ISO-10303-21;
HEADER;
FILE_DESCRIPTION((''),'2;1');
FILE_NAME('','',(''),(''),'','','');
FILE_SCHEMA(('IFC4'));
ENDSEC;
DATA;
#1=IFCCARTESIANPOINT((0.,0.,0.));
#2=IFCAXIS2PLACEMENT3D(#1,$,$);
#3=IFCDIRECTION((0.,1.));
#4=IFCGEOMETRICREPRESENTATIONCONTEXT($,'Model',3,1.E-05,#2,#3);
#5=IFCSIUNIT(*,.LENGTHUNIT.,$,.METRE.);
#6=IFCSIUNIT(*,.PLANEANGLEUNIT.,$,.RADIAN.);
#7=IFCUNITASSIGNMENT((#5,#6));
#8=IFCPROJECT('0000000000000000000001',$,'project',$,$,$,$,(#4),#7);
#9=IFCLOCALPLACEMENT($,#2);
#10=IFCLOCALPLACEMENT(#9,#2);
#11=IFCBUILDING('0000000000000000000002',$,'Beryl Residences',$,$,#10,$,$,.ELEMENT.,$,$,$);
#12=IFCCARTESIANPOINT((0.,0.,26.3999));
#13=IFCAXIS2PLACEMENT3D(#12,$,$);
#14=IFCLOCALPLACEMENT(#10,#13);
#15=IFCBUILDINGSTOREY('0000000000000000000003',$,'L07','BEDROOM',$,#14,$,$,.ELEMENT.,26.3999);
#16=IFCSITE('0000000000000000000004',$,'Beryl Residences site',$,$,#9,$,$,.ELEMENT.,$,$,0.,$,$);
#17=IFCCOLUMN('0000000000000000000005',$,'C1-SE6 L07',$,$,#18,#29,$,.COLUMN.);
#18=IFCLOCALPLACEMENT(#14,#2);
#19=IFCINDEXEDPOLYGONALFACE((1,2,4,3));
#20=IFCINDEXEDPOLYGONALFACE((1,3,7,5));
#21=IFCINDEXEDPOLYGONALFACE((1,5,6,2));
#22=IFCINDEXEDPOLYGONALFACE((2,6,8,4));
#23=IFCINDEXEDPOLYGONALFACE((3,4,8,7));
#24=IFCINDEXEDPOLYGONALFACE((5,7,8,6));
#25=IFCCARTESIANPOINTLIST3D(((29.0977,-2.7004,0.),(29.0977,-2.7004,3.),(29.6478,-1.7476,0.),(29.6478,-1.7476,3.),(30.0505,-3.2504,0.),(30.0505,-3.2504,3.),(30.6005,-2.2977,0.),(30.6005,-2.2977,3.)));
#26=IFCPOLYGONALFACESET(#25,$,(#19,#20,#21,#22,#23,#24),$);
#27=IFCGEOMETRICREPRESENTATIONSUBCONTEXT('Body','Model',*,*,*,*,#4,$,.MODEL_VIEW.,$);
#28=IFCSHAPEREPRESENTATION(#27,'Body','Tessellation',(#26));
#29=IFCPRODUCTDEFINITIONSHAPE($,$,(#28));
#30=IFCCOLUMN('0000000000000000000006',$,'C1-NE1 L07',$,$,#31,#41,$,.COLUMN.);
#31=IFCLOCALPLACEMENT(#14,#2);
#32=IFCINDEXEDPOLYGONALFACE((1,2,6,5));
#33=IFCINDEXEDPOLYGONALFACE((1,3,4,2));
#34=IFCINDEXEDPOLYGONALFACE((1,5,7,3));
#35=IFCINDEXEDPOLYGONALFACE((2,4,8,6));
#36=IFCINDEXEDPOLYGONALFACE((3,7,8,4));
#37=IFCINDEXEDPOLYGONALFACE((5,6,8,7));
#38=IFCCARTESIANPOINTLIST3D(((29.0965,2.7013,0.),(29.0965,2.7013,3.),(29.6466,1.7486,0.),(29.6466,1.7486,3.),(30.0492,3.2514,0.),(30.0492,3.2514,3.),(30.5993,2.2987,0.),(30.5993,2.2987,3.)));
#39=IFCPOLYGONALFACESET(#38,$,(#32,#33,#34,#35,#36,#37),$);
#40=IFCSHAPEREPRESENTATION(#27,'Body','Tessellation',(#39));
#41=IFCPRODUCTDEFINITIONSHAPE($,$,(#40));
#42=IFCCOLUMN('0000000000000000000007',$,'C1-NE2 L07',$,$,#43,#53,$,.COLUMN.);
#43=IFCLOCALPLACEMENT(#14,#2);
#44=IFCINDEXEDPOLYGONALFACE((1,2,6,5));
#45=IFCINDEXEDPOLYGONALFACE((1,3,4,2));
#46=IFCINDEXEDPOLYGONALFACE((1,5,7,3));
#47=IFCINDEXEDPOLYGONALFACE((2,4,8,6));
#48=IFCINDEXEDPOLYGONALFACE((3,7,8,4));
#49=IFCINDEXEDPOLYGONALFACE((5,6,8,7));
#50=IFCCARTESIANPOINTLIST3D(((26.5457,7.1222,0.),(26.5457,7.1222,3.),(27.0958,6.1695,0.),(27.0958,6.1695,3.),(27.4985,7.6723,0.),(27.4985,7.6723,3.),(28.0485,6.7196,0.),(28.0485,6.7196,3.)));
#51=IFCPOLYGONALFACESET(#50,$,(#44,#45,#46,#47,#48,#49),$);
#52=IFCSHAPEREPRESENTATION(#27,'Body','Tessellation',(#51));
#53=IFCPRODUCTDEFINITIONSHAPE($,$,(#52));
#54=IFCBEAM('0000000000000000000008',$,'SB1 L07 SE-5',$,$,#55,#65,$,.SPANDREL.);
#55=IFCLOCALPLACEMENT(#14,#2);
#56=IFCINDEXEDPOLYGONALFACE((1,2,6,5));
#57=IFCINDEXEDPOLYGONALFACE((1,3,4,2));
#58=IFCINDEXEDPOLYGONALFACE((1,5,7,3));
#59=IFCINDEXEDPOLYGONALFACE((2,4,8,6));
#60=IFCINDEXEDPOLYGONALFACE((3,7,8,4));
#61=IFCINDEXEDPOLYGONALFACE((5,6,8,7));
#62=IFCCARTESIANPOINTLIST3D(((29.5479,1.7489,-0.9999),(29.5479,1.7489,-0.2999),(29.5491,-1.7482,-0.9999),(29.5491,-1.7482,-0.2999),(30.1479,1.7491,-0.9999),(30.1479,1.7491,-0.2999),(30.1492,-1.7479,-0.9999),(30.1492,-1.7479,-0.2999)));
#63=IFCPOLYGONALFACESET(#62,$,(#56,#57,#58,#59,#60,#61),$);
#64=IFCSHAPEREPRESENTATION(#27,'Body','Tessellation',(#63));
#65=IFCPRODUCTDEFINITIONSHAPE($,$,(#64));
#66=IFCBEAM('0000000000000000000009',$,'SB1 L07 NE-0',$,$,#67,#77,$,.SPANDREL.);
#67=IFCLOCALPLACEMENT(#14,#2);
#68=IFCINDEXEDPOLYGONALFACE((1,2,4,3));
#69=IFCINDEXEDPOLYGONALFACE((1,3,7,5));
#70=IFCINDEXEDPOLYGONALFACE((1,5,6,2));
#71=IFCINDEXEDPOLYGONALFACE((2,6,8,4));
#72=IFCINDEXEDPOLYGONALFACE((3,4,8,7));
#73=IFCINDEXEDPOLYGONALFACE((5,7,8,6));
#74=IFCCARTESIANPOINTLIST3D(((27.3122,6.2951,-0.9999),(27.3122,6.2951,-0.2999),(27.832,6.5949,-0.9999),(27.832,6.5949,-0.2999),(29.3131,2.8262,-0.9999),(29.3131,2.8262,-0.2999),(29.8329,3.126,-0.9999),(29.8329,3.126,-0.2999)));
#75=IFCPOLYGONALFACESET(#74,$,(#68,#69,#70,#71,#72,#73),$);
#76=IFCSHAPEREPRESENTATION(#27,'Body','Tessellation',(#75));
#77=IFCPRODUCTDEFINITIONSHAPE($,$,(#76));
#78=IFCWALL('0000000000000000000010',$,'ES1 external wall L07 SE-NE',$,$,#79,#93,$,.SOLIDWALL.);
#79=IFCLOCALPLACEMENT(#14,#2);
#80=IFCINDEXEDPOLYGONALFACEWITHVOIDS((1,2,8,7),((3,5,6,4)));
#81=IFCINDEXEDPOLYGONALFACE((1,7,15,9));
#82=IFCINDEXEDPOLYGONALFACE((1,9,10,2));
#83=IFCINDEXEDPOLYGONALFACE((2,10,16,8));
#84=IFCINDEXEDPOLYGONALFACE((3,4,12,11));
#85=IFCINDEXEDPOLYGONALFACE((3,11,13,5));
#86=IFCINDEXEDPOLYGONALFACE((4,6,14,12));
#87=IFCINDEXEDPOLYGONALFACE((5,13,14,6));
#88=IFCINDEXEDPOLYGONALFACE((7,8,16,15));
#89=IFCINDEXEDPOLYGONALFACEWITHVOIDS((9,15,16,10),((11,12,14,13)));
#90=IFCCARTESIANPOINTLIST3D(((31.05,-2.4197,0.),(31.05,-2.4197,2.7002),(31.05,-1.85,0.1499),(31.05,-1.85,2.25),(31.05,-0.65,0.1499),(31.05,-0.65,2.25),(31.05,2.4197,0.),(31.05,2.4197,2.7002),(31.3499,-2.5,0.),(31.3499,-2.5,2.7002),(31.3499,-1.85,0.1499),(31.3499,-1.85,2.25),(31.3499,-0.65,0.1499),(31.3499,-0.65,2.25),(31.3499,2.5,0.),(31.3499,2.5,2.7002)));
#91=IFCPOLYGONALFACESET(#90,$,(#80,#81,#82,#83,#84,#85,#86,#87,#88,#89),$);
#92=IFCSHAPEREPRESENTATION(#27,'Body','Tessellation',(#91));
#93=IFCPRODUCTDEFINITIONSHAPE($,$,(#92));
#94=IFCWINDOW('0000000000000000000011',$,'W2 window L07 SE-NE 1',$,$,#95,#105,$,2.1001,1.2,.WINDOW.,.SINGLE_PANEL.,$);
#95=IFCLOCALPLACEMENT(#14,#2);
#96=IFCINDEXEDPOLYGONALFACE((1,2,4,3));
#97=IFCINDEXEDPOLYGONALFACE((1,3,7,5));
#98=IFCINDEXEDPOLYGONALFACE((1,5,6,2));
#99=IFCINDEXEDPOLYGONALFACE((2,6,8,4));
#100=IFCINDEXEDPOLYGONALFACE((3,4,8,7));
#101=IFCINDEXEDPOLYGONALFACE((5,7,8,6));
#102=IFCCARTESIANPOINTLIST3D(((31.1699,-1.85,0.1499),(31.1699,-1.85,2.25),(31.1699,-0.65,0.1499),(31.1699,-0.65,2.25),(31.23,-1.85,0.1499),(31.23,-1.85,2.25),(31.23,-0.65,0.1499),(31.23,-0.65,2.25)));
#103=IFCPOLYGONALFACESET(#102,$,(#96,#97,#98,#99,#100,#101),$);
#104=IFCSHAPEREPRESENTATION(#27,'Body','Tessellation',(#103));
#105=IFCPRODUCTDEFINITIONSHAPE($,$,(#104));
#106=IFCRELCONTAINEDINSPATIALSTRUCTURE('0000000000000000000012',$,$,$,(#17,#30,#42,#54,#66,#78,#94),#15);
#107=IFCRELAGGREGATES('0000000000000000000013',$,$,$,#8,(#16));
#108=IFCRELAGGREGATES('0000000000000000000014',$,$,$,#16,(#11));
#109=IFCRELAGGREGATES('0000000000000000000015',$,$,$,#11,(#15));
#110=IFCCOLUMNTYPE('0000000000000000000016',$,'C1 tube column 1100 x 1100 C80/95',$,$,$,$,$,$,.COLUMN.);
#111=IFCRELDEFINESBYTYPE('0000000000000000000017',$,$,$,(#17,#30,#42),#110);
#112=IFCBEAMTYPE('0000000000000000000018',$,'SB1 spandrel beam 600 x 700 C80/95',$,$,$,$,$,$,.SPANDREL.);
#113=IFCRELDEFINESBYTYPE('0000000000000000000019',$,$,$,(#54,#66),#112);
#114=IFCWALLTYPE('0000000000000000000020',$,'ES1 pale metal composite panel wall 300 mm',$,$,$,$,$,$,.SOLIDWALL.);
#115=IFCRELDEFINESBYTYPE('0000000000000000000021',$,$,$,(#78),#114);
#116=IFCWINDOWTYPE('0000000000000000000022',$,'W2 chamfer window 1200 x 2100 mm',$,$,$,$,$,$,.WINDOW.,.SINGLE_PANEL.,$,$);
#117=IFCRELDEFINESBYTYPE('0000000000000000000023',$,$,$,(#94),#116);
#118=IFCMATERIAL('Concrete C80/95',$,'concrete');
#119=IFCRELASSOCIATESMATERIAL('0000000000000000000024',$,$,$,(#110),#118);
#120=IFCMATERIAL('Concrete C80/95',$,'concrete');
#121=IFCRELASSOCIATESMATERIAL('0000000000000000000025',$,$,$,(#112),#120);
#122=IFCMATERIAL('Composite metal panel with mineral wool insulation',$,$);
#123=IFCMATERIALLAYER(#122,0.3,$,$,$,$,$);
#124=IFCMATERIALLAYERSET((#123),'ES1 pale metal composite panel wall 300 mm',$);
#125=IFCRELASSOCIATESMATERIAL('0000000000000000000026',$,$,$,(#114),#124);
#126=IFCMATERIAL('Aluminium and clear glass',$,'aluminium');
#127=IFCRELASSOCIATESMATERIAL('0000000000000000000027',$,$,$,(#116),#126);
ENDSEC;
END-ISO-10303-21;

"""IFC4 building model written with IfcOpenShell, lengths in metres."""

from ifc_helpers import new_model, si_unit, direction, frame, frame_2d, origin, origin_2d, place, context, subcontext, project, spatial, polyline, rectangle, outline, extrude, material, layer, layer_set, material_profile, profile_set, type_object, element, fill, save


model = new_model("IFC4")

# Units and contexts
model_context = context("Model", 3, precision=1e-05, world=origin(), true_north=direction((0.0, 1.0)))
body_context = subcontext(model_context, "Body", "Model", "MODEL_VIEW")
ifc_project = project(units=[si_unit("LENGTHUNIT", "METRE"), si_unit("PLANEANGLEUNIT", "RADIAN")], contexts=[model_context])

# Site, building, storey
site_placement = place(None, origin())
site = spatial("IfcSite", under=ifc_project, at=site_placement, Name="Beryl Residences site", CompositionType="ELEMENT", RefElevation=0.0)
building_placement = place(site_placement, origin())
building = spatial("IfcBuilding", under=site, at=building_placement, Name="Beryl Residences", CompositionType="ELEMENT")
storey_placement = place(building_placement, frame((0.0, 0.0, 26.3999)))
storey = spatial("IfcBuildingStorey", under=building, at=storey_placement, Name="L07", Description="BEDROOM", CompositionType="ELEMENT", Elevation=26.3999)

# Columns
ifc_material_1 = material(Name="Concrete C80/95", Category="concrete")
ifc_material_profile_1 = material_profile(ifc_material_1, rectangle(XDim=1.1001, YDim=1.1001, at=origin_2d()))
ifc_profile_set_1 = profile_set([ifc_material_profile_1], Name="Concrete C80/95")
column_type = type_object("IfcColumnType", Name="C1 tube column 1100 x 1100 C80/95", PredefinedType="COLUMN", material=ifc_profile_set_1)
for number, where, z_axis, x_axis, name in (
    (1, (29.8491, -2.499, 0.0), (0.0, 0.0, 1.0), (0.499985, 0.866034, 0.0), "C1-SE6 L07"),
    (2, (29.8479, 2.5, 0.0), (0.0, 0.0, 1.0), (-0.499985, 0.866034, 0.0), "C1-NE1 L07"),
    (3, (27.2971, 6.9209, 0.0), (0.0, 0.0, 1.0), (-0.499985, 0.866034, 0.0), "C1-NE2 L07"),
):
    element("IfcColumn", number, at=place(storey_placement, frame(where, z_axis=z_axis, x_axis=x_axis)), inside=storey, type_object=column_type, Name=name, PredefinedType="COLUMN", context=body_context, shape_type="SweptSolid", body=[
        extrude(rectangle(XDim=1.1001, YDim=1.1001, at=origin_2d()), origin(), (0.0, 0.0, 1.0), 3.0),
    ])

# Beams
ifc_material_2 = material(Name="Concrete C80/95", Category="concrete")
ifc_material_profile_2 = material_profile(ifc_material_2, rectangle(XDim=0.6001, YDim=0.7, at=origin_2d()))
ifc_profile_set_2 = profile_set([ifc_material_profile_2], Name="Concrete C80/95")
beam_type = type_object("IfcBeamType", Name="SB1 spandrel beam 600 x 700 C80/95", PredefinedType="SPANDREL", material=ifc_profile_set_2)
beam_1_placement = place(storey_placement, frame((29.8491, -1.748, -0.6499), z_axis=(-0.000349, 1.0, 0.0), x_axis=(-1.0, -0.000349, 0.0)))
element("IfcBeam", 4, at=beam_1_placement, inside=storey, type_object=beam_type, Name="SB1 L07 SE-5", PredefinedType="SPANDREL", context=body_context, shape_type="SweptSolid", body=[
    extrude(rectangle(XDim=0.6001, YDim=0.7, at=origin_2d()), origin(), (0.0, 0.0, 1.0), 3.4971),
])
beam_2_placement = place(storey_placement, frame((29.573, 2.9761, -0.6499), z_axis=(-0.499654, 0.866225, 0.0), x_axis=(-0.866225, -0.499654, 0.0)))
element("IfcBeam", 5, at=beam_2_placement, inside=storey, type_object=beam_type, Name="SB1 L07 NE-0", PredefinedType="SPANDREL", context=body_context, shape_type="SweptSolid", body=[
    extrude(rectangle(XDim=0.6001, YDim=0.7, at=origin_2d()), origin(), (0.0, 0.0, 1.0), 4.0046),
])

# Wall, opening, window
ifc_material_3 = material(Name="Composite metal panel with mineral wool insulation")
ifc_layer = layer(ifc_material_3, 0.3)
ifc_layer_set = layer_set([ifc_layer], Name="ES1 pale metal composite panel wall 300 mm")
wall_type = type_object("IfcWallType", Name="ES1 pale metal composite panel wall 300 mm", PredefinedType="SOLIDWALL", material=ifc_layer_set)
wall_1_placement = place(storey_placement, frame((31.2, -2.5, 0.0), z_axis=(0.0, 0.0, 1.0), x_axis=(0.0, 1.0, 0.0)))
wall_1 = element("IfcWall", 6, at=wall_1_placement, inside=storey, type_object=wall_type, Name="ES1 external wall L07 SE-NE", PredefinedType="SOLIDWALL", context=body_context, shape_type="SweptSolid", body=[
    extrude(outline(polyline([(0.0, -0.1499), (5.0, -0.1499), (4.9197, 0.1499), (0.0803, 0.1499), (0.0, -0.1499)])), origin(), (0.0, 0.0, 1.0), 2.7002),
])
opening_1_placement = place(wall_1_placement, frame((0.6499, 0.0, 0.1499)))
opening_1 = element("IfcOpeningElement", 7, at=opening_1_placement, cuts=wall_1, PredefinedType="OPENING", context=body_context, shape_type="SweptSolid", body=[
    extrude(rectangle(XDim=1.2, YDim=2.1001, at=frame_2d((0.6001, 1.05))), frame((0.0, 0.1599, 0.0), z_axis=(0.0, -1.0, 0.0), x_axis=(1.0, 0.0, 0.0)), (0.0, 0.0, 1.0), 0.3201),
])
ifc_material_4 = material(Name="Aluminium and clear glass", Category="aluminium")
window_type_1 = type_object("IfcWindowType", Name="W2 chamfer window 1200 x 2100 mm", PartitioningType="SINGLE_PANEL", PredefinedType="WINDOW", material=ifc_material_4)
window_1_placement = place(opening_1_placement, origin())
window_1 = element("IfcWindow", 8, at=window_1_placement, inside=storey, type_object=window_type_1, Name="W2 window L07 SE-NE 1", OverallHeight=2.1001, OverallWidth=1.2, PartitioningType="SINGLE_PANEL", PredefinedType="WINDOW", context=body_context, shape_type="SweptSolid", body=[
    extrude(rectangle(XDim=1.2, YDim=2.1001, at=frame_2d((0.6001, 1.05))), frame((0.0, 0.03, 0.0), z_axis=(0.0, -1.0, 0.0), x_axis=(1.0, 0.0, 0.0)), (0.0, 0.0, 1.0), 0.0601),
])
fill(opening_1, window_1)

save(model, "model.ifc")
